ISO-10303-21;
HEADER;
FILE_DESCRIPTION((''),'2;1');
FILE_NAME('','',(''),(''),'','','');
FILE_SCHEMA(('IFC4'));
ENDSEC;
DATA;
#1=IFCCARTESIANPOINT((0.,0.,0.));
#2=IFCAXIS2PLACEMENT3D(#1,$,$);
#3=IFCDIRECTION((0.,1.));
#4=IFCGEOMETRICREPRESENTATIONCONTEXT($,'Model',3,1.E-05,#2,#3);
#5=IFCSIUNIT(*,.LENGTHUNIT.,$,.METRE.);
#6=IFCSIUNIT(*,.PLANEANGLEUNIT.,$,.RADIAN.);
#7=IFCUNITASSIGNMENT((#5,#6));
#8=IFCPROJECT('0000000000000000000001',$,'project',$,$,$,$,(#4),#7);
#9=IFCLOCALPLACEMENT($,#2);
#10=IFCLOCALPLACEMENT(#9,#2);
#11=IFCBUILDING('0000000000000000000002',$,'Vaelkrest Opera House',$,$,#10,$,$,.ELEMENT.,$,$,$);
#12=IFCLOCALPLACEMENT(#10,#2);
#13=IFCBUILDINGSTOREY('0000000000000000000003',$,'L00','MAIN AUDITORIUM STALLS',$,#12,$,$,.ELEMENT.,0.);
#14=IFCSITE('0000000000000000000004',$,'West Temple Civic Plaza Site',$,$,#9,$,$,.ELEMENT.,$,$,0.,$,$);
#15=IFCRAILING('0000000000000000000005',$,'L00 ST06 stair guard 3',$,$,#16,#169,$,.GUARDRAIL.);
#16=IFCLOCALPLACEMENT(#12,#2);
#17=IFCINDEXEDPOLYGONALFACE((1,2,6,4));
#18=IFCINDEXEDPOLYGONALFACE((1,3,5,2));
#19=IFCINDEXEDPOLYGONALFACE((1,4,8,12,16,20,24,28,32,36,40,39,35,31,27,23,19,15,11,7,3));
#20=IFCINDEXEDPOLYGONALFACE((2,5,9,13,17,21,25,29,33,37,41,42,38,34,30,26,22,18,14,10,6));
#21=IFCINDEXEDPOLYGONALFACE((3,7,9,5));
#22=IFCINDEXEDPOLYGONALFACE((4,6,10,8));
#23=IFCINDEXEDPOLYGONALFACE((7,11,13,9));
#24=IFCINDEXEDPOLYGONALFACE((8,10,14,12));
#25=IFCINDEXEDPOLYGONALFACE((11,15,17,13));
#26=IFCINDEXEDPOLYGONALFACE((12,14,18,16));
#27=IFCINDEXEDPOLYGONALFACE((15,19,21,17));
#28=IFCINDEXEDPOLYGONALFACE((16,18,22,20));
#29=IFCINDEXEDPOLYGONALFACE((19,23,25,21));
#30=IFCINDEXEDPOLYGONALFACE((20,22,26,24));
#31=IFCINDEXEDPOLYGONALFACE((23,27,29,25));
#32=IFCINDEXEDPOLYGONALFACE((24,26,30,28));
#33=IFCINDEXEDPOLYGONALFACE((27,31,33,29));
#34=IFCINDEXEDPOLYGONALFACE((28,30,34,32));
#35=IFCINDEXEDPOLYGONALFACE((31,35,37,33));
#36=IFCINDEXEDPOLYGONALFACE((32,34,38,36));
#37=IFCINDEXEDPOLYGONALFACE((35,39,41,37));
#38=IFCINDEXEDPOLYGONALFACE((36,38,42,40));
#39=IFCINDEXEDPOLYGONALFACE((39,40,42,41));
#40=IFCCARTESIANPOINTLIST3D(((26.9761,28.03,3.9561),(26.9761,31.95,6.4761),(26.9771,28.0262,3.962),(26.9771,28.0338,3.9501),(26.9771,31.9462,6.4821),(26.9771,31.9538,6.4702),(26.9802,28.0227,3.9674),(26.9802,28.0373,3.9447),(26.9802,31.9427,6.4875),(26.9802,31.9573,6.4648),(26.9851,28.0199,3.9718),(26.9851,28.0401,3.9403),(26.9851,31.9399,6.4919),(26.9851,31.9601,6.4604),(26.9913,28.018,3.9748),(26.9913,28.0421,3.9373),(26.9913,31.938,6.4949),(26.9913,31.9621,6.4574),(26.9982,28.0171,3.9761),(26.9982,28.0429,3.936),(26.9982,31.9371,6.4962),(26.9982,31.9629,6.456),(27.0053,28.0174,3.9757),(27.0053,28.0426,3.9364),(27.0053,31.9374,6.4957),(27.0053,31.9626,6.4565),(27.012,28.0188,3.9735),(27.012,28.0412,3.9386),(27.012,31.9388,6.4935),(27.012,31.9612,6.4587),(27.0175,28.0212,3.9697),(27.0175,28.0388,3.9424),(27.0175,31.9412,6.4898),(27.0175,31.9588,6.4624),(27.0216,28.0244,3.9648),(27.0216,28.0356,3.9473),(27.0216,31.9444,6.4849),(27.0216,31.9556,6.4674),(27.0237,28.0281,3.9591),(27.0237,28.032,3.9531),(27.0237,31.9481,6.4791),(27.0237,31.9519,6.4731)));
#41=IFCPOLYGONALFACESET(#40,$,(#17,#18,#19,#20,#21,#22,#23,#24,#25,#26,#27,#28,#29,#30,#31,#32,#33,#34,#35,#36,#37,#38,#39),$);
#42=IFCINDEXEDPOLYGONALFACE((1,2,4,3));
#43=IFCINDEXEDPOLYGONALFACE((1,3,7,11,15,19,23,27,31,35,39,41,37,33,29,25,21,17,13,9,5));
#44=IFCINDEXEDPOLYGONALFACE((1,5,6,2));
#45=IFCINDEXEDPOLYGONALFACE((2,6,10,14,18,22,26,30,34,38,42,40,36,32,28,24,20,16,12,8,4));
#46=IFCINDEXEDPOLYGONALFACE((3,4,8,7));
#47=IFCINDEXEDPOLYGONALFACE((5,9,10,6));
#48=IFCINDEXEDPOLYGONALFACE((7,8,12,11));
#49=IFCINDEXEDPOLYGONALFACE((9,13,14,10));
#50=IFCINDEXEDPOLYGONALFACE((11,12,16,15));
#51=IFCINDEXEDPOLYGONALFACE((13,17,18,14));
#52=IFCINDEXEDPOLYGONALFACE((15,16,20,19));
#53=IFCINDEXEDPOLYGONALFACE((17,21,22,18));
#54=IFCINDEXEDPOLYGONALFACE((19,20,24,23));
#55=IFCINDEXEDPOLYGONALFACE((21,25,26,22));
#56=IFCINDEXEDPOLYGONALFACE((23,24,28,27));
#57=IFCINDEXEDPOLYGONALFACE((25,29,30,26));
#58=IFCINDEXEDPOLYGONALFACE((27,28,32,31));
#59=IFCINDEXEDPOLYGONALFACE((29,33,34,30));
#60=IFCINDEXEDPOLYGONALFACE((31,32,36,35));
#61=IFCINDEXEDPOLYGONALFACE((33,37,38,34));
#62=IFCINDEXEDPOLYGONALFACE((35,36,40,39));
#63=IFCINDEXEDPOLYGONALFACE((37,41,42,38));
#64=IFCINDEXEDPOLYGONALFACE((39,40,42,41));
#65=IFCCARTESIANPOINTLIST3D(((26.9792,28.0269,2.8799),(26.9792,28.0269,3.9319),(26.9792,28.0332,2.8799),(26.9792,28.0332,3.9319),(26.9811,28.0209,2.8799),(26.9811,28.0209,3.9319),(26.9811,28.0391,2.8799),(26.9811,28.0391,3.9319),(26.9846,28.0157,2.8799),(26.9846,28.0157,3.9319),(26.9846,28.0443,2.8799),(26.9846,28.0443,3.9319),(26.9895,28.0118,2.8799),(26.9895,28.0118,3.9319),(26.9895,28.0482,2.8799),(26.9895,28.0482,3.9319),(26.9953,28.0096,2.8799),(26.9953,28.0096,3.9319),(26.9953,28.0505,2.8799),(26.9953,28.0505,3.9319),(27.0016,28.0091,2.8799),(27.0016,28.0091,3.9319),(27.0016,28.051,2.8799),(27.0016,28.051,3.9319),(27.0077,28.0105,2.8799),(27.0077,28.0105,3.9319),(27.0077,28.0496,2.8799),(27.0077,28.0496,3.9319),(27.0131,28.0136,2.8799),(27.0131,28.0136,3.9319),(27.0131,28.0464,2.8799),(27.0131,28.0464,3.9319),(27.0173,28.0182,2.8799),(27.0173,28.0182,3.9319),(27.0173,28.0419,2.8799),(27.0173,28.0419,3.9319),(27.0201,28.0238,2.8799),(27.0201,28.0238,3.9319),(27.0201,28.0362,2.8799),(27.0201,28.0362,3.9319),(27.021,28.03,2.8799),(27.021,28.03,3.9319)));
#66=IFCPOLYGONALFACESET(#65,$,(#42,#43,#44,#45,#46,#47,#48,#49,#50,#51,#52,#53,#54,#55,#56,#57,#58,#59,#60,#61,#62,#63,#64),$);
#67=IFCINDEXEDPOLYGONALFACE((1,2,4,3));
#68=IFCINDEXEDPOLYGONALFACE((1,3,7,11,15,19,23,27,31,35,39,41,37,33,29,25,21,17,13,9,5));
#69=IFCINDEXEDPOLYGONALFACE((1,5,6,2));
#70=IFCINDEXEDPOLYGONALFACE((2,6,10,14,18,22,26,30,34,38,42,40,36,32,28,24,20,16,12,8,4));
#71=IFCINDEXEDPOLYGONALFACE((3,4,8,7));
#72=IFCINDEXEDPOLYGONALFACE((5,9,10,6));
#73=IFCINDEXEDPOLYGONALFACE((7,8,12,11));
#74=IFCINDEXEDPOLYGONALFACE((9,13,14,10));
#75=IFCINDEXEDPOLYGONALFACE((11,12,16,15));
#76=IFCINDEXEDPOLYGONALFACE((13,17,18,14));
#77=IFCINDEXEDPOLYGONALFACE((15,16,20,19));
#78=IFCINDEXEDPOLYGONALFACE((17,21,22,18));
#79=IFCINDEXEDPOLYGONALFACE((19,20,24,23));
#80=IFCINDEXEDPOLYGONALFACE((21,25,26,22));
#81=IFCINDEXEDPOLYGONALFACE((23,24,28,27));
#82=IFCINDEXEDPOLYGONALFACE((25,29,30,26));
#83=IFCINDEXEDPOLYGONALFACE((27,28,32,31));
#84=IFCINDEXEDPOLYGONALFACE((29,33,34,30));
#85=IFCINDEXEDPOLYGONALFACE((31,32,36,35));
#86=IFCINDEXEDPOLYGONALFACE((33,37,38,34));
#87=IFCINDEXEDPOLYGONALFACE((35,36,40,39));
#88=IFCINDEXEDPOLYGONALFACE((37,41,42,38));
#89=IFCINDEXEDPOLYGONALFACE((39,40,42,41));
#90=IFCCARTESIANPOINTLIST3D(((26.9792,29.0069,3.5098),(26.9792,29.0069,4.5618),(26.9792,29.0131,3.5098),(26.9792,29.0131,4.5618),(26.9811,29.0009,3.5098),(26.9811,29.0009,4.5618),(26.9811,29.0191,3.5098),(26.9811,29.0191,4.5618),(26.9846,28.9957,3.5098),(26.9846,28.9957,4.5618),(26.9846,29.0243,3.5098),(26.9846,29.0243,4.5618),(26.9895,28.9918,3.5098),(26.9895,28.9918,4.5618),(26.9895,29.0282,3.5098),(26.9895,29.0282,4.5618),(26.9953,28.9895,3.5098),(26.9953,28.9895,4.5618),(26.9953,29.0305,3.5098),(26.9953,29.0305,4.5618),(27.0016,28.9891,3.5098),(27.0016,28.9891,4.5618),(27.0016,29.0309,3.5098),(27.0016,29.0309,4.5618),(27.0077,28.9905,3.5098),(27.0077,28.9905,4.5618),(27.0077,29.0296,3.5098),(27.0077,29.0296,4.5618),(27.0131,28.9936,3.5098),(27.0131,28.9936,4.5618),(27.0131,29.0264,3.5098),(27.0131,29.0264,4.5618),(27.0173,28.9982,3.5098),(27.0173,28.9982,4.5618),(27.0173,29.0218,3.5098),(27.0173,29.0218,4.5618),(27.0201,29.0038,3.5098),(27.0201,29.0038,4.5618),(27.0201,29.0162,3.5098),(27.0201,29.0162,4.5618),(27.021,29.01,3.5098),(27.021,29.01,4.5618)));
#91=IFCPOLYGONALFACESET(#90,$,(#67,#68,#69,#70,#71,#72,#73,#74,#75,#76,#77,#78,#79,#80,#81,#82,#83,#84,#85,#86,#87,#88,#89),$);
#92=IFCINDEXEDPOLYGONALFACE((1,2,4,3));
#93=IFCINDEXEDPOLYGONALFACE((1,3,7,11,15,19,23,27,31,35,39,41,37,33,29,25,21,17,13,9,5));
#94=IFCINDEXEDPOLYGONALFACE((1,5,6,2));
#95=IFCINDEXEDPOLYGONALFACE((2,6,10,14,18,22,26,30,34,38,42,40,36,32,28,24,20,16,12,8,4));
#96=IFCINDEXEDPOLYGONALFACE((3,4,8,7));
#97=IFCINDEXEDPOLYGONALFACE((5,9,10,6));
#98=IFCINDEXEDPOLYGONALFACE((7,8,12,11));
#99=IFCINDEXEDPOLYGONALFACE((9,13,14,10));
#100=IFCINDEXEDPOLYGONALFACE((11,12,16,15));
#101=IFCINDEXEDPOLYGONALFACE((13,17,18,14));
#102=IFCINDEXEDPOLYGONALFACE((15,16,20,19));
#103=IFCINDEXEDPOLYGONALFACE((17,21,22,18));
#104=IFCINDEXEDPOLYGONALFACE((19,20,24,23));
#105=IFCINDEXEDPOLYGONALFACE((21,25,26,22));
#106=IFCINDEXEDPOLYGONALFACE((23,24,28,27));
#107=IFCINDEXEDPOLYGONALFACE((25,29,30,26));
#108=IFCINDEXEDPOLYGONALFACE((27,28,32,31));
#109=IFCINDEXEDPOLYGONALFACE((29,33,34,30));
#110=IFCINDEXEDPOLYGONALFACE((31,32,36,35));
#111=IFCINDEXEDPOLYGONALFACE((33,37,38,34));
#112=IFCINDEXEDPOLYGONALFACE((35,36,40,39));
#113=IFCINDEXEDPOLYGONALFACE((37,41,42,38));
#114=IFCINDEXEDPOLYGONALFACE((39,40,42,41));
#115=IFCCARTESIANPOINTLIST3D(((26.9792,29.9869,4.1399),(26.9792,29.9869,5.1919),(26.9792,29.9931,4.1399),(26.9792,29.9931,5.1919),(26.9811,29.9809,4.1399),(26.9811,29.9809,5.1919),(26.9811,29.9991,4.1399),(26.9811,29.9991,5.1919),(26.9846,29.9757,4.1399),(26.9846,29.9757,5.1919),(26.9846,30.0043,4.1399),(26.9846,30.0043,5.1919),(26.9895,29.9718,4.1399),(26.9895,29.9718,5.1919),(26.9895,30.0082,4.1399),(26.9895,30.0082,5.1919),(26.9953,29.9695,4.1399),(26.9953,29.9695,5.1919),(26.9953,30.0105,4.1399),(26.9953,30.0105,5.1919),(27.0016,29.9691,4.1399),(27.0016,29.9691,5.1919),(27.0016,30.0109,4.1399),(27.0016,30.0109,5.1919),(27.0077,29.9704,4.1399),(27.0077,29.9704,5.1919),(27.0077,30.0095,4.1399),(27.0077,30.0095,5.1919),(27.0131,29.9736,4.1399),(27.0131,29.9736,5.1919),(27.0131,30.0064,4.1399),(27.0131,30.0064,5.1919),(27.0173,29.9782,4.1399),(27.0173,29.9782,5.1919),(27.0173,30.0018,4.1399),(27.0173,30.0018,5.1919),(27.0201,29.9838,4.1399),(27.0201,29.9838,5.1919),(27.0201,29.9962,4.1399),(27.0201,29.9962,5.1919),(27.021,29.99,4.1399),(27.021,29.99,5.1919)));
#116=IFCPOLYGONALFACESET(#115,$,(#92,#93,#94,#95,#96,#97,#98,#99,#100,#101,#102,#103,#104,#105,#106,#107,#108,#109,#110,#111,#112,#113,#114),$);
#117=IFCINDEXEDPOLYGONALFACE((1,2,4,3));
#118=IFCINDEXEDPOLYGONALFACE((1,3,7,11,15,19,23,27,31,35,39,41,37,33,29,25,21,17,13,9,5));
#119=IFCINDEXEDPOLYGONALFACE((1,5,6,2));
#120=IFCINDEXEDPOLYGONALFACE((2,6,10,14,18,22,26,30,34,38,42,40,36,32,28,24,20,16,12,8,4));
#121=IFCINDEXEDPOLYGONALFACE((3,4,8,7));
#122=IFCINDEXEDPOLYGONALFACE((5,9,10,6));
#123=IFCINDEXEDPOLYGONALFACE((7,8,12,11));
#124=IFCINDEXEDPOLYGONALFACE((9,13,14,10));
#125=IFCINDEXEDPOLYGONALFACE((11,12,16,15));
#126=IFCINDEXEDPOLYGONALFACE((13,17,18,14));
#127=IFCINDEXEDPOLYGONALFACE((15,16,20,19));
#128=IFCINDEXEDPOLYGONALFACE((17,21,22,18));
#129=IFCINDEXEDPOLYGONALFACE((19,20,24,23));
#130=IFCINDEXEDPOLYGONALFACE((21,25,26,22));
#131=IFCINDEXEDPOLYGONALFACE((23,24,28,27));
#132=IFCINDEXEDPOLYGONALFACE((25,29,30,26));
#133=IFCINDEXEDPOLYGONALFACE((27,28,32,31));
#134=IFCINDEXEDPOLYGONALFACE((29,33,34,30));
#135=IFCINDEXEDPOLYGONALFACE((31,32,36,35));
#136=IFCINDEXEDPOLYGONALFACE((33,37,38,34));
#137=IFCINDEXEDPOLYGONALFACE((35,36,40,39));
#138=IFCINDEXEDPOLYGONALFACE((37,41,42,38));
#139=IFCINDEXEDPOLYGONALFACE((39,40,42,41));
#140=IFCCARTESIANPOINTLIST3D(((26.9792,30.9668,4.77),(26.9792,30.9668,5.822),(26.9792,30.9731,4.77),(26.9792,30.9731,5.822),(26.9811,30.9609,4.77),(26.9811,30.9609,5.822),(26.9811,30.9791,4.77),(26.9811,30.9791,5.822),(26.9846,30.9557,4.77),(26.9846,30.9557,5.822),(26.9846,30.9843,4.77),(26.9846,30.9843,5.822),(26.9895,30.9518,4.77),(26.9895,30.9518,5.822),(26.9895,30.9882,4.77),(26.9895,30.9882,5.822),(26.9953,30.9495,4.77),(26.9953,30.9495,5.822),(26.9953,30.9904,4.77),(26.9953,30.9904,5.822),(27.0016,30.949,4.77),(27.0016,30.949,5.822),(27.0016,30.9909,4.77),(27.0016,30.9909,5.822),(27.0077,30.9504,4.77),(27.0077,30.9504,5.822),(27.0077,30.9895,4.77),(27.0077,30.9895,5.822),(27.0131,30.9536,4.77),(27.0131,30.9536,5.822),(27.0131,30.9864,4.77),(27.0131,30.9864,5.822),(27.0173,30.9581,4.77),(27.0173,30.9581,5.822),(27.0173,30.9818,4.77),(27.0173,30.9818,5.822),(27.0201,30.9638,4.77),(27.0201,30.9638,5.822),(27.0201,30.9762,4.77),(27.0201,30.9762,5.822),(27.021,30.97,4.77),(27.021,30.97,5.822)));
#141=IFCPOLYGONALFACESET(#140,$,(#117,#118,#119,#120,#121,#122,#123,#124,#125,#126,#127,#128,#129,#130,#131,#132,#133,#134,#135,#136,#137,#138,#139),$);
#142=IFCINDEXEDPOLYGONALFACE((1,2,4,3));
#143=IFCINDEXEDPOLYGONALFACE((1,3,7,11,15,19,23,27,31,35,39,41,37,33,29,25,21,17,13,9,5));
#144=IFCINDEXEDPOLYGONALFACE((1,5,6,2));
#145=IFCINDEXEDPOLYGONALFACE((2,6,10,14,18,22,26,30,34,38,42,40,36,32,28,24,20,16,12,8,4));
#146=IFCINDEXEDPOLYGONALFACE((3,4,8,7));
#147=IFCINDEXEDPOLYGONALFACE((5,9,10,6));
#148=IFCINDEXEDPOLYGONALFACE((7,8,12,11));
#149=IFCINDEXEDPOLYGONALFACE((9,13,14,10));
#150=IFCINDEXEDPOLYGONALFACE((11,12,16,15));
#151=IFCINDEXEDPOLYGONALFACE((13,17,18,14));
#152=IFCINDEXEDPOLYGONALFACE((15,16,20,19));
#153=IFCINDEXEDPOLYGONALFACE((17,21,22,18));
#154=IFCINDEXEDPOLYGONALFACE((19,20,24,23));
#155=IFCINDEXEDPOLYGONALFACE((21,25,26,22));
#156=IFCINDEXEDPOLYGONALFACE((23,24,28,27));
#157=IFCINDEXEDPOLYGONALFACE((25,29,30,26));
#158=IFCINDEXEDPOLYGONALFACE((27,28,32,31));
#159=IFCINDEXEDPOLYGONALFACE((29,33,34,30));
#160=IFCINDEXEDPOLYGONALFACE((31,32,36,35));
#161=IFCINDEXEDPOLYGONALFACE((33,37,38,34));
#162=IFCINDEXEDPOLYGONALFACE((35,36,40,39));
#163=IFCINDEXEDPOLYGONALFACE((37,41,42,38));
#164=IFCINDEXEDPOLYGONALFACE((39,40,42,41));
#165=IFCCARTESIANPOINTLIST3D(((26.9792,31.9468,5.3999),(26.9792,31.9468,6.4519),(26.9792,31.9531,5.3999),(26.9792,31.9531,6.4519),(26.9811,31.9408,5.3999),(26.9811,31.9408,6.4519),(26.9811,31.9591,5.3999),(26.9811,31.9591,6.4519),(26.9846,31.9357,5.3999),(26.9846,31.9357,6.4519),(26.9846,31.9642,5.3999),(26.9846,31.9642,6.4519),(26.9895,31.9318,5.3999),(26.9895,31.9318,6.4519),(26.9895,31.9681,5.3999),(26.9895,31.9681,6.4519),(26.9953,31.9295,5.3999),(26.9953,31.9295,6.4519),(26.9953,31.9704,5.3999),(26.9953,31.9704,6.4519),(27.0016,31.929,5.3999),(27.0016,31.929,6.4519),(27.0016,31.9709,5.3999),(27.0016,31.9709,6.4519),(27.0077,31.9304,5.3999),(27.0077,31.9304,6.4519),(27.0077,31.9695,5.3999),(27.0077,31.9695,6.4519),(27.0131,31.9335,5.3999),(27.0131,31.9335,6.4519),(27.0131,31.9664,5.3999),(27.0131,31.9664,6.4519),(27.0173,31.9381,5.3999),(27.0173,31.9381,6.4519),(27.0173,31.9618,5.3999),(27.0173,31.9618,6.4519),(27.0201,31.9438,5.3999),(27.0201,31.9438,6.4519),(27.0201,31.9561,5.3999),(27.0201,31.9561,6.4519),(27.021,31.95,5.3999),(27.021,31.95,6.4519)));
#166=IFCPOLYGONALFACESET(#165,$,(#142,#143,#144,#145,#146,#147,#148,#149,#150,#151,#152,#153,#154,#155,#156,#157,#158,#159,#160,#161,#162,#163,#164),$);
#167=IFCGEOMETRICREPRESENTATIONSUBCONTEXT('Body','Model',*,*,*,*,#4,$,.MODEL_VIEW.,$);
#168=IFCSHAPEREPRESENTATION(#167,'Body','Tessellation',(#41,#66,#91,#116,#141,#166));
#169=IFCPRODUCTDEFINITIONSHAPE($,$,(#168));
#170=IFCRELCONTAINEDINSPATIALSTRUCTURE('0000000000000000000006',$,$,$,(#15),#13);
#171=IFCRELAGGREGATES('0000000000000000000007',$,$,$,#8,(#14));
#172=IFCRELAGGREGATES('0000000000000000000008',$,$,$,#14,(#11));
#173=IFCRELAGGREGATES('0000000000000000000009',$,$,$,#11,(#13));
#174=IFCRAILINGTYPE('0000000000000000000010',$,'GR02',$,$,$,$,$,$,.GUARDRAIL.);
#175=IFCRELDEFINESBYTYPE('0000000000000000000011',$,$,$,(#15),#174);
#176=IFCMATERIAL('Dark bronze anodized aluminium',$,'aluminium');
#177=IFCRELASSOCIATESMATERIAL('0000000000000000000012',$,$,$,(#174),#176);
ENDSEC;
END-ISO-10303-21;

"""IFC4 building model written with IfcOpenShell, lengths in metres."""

from ifc_helpers import new_model, si_unit, direction, frame, origin, origin_2d, place, context, subcontext, project, spatial, circle, extrude, material, type_object, element, save


model = new_model("IFC4")

# Units and contexts
model_context = context("Model", 3, precision=1e-05, world=origin(), true_north=direction((0.0, 1.0)))
body_context = subcontext(model_context, "Body", "Model", "MODEL_VIEW")
ifc_project = project(units=[si_unit("LENGTHUNIT", "METRE"), si_unit("PLANEANGLEUNIT", "RADIAN")], contexts=[model_context])

# Site, building, storey
site_placement = place(None, origin())
site = spatial("IfcSite", under=ifc_project, at=site_placement, Name="West Temple Civic Plaza Site", CompositionType="ELEMENT", RefElevation=0.0)
building_placement = place(site_placement, origin())
building = spatial("IfcBuilding", under=site, at=building_placement, Name="Vaelkrest Opera House", CompositionType="ELEMENT")
storey_placement = place(building_placement, origin())
storey = spatial("IfcBuildingStorey", under=building, at=storey_placement, Name="L00", Description="MAIN AUDITORIUM STALLS", CompositionType="ELEMENT", Elevation=0.0)

# Railing
ifc_material_1 = material(Name="Dark bronze anodized aluminium", Category="aluminium")
railing_type_1 = type_object("IfcRailingType", Name="GR02", PredefinedType="GUARDRAIL", material=ifc_material_1)
railing_1_placement = place(storey_placement, frame((27.0, 28.03, 2.8799)))
element("IfcRailing", 1, at=railing_1_placement, inside=storey, type_object=railing_type_1, Name="L00 ST06 stair guard 3", PredefinedType="GUARDRAIL", context=body_context, shape_type="SweptSolid", body=[
    extrude(circle(Radius=0.0239, at=origin_2d()), frame((0.0, 0.0, 1.0762), z_axis=(0.0, 0.841172, 0.540768), x_axis=(-1.0, 0.0, 0.0)), (0.0, 0.0, 1.0), 4.6602),
    extrude(circle(Radius=0.021, at=origin_2d()), origin(), (0.0, 0.0, 1.0), 1.052),
    extrude(circle(Radius=0.021, at=origin_2d()), frame((0.0, 0.98, 0.6299)), (0.0, 0.0, 1.0), 1.052),
    extrude(circle(Radius=0.021, at=origin_2d()), frame((0.0, 1.96, 1.26)), (0.0, 0.0, 1.0), 1.052),
    extrude(circle(Radius=0.021, at=origin_2d()), frame((0.0, 2.9399, 1.8901)), (0.0, 0.0, 1.0), 1.052),
    extrude(circle(Radius=0.021, at=origin_2d()), frame((0.0, 3.9199, 2.52)), (0.0, 0.0, 1.0), 1.052),
])

save(model, "model.ifc")
